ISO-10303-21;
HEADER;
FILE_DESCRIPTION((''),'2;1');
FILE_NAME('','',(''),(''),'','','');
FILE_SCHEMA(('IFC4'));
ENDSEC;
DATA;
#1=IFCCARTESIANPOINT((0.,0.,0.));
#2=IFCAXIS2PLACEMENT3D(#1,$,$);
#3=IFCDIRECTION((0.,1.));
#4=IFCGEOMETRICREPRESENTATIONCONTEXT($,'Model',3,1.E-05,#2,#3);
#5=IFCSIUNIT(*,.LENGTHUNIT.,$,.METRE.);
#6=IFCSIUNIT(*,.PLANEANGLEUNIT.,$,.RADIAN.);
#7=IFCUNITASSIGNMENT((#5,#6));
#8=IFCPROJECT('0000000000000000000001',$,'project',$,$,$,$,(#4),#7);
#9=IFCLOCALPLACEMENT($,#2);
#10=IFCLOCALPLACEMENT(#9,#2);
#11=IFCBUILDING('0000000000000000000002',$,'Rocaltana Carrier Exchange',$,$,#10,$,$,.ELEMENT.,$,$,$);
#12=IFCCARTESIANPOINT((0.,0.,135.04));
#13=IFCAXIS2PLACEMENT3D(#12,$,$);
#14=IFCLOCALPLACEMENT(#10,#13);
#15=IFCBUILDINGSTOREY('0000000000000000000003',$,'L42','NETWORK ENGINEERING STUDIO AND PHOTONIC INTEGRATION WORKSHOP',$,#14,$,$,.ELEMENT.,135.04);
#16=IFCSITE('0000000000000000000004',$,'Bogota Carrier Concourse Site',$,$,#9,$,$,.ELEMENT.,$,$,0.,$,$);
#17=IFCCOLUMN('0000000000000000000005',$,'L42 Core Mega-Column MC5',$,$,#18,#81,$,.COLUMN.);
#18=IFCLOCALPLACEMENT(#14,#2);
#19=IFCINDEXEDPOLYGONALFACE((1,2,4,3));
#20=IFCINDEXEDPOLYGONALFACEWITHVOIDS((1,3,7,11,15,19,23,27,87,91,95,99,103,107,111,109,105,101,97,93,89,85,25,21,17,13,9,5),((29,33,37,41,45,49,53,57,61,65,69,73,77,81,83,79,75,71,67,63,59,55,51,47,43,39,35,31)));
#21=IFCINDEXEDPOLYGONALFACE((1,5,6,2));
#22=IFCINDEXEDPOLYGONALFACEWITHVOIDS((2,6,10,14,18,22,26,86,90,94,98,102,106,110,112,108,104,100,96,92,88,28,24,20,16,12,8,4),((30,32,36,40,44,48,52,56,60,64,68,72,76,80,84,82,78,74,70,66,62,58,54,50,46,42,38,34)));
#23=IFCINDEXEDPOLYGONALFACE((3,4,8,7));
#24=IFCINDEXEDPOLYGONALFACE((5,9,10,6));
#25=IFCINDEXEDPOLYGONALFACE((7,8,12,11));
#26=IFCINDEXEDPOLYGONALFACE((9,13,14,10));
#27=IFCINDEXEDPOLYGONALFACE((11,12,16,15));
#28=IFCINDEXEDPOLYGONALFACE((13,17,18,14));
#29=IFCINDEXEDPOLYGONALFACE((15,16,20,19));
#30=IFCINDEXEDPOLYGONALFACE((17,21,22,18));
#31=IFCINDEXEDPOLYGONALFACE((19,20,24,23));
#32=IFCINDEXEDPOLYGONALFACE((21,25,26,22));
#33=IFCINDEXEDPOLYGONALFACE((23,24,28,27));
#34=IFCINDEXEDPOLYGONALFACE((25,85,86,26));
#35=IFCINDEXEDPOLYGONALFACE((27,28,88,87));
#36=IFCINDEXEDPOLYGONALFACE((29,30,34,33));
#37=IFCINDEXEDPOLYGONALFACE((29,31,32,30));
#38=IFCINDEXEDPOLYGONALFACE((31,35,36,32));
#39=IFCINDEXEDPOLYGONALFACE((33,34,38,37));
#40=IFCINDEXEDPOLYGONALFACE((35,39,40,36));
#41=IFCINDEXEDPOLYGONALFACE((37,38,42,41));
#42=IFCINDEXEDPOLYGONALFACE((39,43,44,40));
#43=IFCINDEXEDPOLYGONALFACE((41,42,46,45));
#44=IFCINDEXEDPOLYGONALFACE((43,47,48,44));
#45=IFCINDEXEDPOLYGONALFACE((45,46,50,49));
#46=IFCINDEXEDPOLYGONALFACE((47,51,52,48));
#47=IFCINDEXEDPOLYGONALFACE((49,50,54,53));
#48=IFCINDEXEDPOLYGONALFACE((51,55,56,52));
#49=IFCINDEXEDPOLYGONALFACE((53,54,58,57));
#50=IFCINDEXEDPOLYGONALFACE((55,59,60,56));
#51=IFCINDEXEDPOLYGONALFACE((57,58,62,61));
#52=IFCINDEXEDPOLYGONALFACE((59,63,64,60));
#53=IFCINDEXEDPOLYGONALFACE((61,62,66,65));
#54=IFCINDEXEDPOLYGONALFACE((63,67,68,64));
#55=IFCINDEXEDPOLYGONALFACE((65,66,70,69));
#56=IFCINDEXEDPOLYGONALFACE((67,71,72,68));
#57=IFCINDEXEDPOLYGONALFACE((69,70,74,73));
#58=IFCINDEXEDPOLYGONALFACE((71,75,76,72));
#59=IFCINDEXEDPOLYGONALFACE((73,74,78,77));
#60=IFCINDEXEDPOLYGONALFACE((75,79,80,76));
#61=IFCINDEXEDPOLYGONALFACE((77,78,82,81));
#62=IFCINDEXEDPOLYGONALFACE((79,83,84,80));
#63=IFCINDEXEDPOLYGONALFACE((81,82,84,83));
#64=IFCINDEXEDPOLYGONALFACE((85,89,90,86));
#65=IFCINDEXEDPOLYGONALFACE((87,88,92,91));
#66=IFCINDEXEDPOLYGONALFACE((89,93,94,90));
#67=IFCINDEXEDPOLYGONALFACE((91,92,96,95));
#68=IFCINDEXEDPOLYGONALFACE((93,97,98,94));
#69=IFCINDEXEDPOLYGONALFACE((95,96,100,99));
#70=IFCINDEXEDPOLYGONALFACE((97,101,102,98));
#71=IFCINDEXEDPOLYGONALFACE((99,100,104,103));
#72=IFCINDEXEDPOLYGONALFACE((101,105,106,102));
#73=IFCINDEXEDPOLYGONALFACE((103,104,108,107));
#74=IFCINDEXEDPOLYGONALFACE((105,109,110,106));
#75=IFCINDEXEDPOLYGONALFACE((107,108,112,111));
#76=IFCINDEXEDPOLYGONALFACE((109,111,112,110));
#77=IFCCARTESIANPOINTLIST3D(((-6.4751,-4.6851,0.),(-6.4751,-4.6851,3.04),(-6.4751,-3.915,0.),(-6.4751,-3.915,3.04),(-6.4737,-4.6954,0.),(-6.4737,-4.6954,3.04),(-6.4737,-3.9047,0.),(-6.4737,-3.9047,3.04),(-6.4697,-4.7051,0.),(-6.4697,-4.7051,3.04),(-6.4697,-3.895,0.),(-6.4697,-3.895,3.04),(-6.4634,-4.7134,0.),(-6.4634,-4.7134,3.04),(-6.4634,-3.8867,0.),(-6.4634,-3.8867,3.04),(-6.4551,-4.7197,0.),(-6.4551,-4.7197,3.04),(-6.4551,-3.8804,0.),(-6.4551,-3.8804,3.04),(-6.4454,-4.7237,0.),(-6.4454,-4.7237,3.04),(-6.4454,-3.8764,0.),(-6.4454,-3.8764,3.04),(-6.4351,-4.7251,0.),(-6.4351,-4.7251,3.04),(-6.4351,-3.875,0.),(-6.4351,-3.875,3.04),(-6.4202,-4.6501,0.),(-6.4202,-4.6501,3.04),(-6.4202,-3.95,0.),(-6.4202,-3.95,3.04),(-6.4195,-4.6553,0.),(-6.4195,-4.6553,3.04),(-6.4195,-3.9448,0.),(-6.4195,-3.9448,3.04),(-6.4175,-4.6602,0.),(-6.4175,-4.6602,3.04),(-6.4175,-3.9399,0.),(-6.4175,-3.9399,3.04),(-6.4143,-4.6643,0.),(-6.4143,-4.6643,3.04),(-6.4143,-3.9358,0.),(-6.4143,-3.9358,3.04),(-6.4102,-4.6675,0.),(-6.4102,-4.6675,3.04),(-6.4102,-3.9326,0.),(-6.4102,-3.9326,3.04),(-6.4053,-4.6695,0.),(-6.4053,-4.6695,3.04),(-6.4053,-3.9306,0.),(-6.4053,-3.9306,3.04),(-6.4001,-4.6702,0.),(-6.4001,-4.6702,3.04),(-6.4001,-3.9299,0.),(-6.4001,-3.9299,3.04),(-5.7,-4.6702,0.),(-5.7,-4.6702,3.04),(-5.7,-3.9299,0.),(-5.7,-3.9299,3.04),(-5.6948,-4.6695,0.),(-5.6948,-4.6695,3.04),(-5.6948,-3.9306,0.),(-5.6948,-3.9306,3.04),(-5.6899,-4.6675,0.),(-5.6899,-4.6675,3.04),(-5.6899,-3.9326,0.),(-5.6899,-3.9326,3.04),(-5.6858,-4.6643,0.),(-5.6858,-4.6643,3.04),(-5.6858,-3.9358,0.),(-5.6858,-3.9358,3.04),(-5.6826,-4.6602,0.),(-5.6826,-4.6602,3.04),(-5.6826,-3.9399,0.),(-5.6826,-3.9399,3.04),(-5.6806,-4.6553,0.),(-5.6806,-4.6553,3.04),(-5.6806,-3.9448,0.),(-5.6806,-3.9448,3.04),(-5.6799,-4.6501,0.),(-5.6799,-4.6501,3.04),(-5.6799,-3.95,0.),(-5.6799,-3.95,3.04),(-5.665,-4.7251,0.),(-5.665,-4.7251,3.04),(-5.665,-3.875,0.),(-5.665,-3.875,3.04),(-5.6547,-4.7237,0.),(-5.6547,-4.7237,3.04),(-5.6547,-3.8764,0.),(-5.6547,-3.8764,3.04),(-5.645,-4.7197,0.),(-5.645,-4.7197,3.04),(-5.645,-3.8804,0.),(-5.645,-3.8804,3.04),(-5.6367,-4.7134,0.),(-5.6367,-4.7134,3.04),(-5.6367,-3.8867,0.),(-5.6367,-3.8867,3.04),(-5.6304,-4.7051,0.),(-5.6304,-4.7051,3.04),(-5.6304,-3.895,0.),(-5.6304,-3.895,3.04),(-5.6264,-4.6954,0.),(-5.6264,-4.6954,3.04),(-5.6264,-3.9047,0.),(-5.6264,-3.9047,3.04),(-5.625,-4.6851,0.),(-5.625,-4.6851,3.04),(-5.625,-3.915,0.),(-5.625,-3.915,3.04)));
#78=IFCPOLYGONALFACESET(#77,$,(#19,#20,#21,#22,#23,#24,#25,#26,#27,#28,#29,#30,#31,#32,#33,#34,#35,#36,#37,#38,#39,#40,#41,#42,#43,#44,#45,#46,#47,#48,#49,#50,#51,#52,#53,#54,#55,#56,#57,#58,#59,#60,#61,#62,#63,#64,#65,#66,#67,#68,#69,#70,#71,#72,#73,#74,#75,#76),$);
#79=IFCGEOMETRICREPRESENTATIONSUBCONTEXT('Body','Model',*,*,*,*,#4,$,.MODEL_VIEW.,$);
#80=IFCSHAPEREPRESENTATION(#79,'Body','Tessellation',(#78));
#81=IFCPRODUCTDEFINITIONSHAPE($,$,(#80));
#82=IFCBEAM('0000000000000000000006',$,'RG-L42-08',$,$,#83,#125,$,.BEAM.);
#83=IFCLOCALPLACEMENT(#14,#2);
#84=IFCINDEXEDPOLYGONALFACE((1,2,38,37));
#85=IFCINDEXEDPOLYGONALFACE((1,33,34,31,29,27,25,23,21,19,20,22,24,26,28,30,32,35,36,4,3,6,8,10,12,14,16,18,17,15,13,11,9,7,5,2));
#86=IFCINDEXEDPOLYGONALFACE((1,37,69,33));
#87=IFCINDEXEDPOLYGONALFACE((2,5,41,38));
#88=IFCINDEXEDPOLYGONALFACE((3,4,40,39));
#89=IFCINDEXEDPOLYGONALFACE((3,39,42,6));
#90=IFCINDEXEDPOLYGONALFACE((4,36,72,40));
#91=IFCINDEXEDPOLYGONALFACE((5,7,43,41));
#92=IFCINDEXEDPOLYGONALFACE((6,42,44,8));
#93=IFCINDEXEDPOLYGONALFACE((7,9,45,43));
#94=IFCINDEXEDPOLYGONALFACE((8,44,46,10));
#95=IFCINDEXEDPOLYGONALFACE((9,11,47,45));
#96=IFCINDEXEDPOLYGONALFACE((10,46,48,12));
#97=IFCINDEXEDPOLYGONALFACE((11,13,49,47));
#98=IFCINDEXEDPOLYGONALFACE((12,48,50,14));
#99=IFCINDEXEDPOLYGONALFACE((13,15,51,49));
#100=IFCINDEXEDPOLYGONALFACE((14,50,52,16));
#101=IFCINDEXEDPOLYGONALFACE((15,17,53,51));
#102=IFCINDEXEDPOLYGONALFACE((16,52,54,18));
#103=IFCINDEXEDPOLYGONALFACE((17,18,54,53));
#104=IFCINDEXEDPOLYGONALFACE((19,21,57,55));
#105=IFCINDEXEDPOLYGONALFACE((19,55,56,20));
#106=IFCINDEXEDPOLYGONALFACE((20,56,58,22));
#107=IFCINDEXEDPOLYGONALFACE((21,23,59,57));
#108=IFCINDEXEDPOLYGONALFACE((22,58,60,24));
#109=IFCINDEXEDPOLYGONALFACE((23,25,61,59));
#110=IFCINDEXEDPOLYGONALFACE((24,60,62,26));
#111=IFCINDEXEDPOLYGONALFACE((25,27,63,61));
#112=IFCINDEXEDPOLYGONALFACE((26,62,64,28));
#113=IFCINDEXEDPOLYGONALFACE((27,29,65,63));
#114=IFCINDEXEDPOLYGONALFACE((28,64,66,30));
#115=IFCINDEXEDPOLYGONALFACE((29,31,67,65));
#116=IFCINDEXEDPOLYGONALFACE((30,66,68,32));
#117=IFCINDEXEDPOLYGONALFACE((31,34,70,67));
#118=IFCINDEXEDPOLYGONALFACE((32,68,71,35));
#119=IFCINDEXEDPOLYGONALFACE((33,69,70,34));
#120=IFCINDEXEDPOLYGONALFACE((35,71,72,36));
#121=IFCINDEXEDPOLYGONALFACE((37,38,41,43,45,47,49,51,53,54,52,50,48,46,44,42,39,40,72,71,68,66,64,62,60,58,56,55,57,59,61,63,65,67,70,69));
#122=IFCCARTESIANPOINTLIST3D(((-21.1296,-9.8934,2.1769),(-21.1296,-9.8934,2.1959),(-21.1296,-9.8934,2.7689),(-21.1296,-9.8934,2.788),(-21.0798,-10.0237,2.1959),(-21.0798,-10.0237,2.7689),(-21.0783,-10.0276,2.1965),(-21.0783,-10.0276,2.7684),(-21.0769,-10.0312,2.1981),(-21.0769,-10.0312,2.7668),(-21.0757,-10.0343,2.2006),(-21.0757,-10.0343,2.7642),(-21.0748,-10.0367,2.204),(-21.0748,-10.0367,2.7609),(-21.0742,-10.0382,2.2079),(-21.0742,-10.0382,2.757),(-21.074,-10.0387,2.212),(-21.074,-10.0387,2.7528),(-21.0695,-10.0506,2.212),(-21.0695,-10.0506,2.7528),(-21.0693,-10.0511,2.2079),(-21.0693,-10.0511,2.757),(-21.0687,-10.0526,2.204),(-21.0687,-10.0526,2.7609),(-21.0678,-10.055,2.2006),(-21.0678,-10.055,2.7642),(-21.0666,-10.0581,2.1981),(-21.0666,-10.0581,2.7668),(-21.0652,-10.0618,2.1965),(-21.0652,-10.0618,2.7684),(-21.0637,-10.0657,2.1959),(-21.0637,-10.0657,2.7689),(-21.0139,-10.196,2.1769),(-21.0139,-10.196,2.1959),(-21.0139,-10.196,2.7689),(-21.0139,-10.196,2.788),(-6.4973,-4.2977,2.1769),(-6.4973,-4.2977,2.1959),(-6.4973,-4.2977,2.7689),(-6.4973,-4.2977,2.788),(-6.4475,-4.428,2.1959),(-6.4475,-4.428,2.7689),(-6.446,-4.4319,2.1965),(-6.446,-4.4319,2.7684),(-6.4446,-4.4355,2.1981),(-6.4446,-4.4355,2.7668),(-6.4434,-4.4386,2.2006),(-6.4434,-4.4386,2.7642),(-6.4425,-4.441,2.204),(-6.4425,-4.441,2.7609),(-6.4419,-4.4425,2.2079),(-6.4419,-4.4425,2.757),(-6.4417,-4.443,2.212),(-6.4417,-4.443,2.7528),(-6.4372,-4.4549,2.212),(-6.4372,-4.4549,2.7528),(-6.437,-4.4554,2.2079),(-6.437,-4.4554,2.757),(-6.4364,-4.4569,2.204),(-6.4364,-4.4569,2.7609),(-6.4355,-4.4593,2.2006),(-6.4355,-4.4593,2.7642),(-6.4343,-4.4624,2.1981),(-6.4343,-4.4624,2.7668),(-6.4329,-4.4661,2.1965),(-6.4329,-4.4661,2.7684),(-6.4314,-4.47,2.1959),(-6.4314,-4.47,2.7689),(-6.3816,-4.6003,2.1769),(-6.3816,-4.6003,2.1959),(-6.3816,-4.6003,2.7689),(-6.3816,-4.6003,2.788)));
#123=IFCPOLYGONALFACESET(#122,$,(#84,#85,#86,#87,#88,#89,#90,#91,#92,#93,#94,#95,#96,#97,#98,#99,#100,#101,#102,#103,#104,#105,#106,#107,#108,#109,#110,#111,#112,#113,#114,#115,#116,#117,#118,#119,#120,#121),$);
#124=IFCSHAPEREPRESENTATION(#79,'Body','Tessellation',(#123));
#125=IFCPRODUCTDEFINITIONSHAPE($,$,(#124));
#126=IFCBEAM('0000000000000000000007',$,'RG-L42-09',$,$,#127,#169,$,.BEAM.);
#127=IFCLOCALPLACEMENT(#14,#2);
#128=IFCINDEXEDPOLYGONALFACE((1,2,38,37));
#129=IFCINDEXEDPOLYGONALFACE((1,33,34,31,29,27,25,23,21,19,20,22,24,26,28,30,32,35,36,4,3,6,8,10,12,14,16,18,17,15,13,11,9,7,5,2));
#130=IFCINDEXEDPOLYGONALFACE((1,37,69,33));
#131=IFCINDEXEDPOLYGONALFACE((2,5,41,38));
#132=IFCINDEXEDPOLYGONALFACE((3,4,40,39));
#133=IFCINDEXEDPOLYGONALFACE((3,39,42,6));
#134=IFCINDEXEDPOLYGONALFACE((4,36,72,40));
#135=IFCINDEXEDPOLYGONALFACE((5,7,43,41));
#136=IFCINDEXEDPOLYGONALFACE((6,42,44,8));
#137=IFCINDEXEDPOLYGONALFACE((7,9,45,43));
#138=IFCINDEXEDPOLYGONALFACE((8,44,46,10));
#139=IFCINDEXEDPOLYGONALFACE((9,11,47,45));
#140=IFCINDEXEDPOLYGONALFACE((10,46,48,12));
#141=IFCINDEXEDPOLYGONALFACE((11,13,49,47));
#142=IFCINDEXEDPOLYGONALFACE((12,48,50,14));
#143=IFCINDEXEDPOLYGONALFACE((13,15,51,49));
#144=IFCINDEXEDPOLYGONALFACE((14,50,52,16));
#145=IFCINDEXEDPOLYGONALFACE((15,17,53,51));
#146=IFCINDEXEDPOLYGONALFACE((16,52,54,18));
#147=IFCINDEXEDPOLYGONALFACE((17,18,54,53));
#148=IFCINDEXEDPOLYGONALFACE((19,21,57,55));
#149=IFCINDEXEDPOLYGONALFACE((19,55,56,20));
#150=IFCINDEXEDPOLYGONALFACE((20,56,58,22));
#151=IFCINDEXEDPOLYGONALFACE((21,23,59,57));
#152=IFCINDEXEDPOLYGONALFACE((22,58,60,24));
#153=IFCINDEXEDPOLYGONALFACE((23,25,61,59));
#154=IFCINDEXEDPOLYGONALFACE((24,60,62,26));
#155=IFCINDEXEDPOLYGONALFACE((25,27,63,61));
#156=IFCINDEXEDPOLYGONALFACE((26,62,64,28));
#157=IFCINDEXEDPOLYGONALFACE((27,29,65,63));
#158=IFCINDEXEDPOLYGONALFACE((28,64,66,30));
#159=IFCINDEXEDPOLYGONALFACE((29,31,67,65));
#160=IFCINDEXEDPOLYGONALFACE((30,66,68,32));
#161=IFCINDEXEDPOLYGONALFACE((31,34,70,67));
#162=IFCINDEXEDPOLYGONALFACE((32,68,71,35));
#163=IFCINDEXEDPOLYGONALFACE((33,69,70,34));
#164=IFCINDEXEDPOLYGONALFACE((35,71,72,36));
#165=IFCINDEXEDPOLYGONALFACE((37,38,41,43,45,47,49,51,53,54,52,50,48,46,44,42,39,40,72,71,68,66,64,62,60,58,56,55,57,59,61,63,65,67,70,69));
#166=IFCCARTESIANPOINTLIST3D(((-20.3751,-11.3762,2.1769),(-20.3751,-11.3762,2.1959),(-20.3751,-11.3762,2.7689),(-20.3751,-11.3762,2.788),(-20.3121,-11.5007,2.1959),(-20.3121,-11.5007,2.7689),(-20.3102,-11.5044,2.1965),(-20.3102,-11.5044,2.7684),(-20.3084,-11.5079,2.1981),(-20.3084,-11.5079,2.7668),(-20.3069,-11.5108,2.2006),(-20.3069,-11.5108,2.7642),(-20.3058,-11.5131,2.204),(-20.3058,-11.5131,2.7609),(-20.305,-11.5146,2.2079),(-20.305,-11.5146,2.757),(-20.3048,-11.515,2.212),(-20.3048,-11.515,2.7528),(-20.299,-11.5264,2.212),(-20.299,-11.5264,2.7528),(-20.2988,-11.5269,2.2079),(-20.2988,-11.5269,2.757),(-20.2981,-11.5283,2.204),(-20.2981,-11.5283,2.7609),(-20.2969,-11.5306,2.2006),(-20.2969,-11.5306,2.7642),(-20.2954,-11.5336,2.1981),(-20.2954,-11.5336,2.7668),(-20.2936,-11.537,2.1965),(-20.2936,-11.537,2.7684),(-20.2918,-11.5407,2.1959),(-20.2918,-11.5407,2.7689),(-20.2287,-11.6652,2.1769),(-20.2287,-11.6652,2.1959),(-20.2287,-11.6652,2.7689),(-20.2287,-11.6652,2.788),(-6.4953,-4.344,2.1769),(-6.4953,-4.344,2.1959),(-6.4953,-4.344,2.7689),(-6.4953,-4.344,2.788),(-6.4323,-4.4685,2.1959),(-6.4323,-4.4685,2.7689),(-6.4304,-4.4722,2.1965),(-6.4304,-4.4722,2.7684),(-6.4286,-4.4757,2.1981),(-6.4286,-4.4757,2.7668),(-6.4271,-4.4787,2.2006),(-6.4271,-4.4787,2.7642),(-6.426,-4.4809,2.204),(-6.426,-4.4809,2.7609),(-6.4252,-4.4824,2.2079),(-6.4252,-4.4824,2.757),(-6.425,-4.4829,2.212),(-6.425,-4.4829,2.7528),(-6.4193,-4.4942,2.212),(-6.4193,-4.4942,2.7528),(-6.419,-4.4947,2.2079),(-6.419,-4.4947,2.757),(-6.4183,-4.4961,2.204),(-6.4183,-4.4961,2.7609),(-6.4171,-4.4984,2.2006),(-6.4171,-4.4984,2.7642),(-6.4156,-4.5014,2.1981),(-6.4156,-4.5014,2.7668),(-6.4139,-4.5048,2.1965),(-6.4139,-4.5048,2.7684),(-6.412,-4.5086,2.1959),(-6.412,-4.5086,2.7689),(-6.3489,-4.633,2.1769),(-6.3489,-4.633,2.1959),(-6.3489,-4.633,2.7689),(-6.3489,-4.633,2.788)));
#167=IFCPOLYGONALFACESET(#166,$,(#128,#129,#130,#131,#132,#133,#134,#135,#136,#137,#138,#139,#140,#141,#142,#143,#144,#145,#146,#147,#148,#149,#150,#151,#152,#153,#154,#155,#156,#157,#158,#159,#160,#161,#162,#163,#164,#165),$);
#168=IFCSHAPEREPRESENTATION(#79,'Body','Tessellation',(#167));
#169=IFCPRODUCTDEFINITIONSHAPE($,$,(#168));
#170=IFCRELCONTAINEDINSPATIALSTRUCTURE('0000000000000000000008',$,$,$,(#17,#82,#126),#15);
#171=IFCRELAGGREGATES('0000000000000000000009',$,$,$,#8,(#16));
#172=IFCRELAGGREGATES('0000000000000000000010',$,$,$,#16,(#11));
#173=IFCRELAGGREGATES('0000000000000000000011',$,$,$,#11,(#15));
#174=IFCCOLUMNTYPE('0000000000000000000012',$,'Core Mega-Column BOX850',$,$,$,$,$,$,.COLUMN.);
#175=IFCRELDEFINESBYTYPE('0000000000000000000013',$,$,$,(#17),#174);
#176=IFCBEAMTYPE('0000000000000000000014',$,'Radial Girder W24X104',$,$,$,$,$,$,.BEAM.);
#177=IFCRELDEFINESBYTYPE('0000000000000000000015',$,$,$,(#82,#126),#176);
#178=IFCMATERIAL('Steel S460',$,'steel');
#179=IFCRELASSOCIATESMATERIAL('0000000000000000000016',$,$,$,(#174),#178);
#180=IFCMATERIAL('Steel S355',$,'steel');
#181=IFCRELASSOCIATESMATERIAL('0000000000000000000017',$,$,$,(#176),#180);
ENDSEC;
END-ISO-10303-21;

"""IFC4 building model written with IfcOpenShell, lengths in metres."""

from ifc_helpers import new_model, si_unit, direction, frame, origin, origin_2d, place, context, subcontext, project, spatial, hollow_rectangle, i_section, extrude, material, material_profile, profile_set, type_object, element, save


model = new_model("IFC4")

# Units and contexts
model_context = context("Model", 3, precision=1e-05, world=origin(), true_north=direction((0.0, 1.0)))
body_context = subcontext(model_context, "Body", "Model", "MODEL_VIEW")
ifc_project = project(units=[si_unit("LENGTHUNIT", "METRE"), si_unit("PLANEANGLEUNIT", "RADIAN")], contexts=[model_context])

# Site, building, storey
site_placement = place(None, origin())
site = spatial("IfcSite", under=ifc_project, at=site_placement, Name="Bogota Carrier Concourse Site", CompositionType="ELEMENT", RefElevation=0.0)
building_placement = place(site_placement, origin())
building = spatial("IfcBuilding", under=site, at=building_placement, Name="Rocaltana Carrier Exchange", CompositionType="ELEMENT")
storey_placement = place(building_placement, frame((0.0, 0.0, 135.04)))
storey = spatial("IfcBuildingStorey", under=building, at=storey_placement, Name="L42", Description="NETWORK ENGINEERING STUDIO AND PHOTONIC INTEGRATION WORKSHOP", CompositionType="ELEMENT", Elevation=135.04)

# Column
ifc_material_1 = material(Name="Steel S460", Category="steel")
ifc_material_profile_1 = material_profile(ifc_material_1, hollow_rectangle(XDim=0.8501, YDim=0.8501, WallThickness=0.0549, InnerFilletRadius=0.02, OuterFilletRadius=0.04, at=origin_2d()), Name="BOX850X850X55")
ifc_profile_set_1 = profile_set([ifc_material_profile_1], Name="Steel S460")
column_type = type_object("IfcColumnType", Name="Core Mega-Column BOX850", PredefinedType="COLUMN", material=ifc_profile_set_1)
column_placement = place(storey_placement, frame((-6.05, -4.3, 0.0), z_axis=(0.0, 0.0, 1.0), x_axis=(1.0, 0.0, 0.0)))
element("IfcColumn", 1, at=column_placement, inside=storey, type_object=column_type, Name="L42 Core Mega-Column MC5", PredefinedType="COLUMN", context=body_context, shape_type="SweptSolid", body=[
    extrude(hollow_rectangle(XDim=0.8501, YDim=0.8501, WallThickness=0.0549, InnerFilletRadius=0.02, OuterFilletRadius=0.04, at=origin_2d()), origin(), (0.0, 0.0, 1.0), 3.04),
])

# Beams
ifc_material_2 = material(Name="Steel S355", Category="steel")
ifc_material_profile_2 = material_profile(ifc_material_2, i_section(OverallWidth=0.324, OverallDepth=0.6111, WebThickness=0.0127, FlangeThickness=0.019, FilletRadius=0.0161, at=origin_2d()), Name="W24X104")
ifc_profile_set_2 = profile_set([ifc_material_profile_2], Name="Steel S355")
beam_type = type_object("IfcBeamType", Name="Radial Girder W24X104", PredefinedType="BEAM", material=ifc_profile_set_2)
beam_1_placement = place(storey_placement, frame((-6.4395, -4.449, 2.4824), z_axis=(-0.934031, -0.357193, 0.0), x_axis=(0.357193, -0.934031, 0.0)))
element("IfcBeam", 2, at=beam_1_placement, inside=storey, type_object=beam_type, Name="RG-L42-08", PredefinedType="BEAM", context=body_context, shape_type="SweptSolid", body=[
    extrude(i_section(OverallWidth=0.324, OverallDepth=0.6111, WebThickness=0.0127, FlangeThickness=0.019, FilletRadius=0.0161, at=origin_2d()), origin(), (0.0, 0.0, 1.0), 15.6658),
])
beam_2_placement = place(storey_placement, frame((-6.4221, -4.4885, 2.4824), z_axis=(-0.892042, -0.451952, 0.0), x_axis=(0.451952, -0.892042, 0.0)))
element("IfcBeam", 3, at=beam_2_placement, inside=storey, type_object=beam_type, Name="RG-L42-09", PredefinedType="BEAM", context=body_context, shape_type="SweptSolid", body=[
    extrude(i_section(OverallWidth=0.324, OverallDepth=0.6111, WebThickness=0.0127, FlangeThickness=0.019, FilletRadius=0.0161, at=origin_2d()), origin(), (0.0, 0.0, 1.0), 15.5596),
])

save(model, "model.ifc")
